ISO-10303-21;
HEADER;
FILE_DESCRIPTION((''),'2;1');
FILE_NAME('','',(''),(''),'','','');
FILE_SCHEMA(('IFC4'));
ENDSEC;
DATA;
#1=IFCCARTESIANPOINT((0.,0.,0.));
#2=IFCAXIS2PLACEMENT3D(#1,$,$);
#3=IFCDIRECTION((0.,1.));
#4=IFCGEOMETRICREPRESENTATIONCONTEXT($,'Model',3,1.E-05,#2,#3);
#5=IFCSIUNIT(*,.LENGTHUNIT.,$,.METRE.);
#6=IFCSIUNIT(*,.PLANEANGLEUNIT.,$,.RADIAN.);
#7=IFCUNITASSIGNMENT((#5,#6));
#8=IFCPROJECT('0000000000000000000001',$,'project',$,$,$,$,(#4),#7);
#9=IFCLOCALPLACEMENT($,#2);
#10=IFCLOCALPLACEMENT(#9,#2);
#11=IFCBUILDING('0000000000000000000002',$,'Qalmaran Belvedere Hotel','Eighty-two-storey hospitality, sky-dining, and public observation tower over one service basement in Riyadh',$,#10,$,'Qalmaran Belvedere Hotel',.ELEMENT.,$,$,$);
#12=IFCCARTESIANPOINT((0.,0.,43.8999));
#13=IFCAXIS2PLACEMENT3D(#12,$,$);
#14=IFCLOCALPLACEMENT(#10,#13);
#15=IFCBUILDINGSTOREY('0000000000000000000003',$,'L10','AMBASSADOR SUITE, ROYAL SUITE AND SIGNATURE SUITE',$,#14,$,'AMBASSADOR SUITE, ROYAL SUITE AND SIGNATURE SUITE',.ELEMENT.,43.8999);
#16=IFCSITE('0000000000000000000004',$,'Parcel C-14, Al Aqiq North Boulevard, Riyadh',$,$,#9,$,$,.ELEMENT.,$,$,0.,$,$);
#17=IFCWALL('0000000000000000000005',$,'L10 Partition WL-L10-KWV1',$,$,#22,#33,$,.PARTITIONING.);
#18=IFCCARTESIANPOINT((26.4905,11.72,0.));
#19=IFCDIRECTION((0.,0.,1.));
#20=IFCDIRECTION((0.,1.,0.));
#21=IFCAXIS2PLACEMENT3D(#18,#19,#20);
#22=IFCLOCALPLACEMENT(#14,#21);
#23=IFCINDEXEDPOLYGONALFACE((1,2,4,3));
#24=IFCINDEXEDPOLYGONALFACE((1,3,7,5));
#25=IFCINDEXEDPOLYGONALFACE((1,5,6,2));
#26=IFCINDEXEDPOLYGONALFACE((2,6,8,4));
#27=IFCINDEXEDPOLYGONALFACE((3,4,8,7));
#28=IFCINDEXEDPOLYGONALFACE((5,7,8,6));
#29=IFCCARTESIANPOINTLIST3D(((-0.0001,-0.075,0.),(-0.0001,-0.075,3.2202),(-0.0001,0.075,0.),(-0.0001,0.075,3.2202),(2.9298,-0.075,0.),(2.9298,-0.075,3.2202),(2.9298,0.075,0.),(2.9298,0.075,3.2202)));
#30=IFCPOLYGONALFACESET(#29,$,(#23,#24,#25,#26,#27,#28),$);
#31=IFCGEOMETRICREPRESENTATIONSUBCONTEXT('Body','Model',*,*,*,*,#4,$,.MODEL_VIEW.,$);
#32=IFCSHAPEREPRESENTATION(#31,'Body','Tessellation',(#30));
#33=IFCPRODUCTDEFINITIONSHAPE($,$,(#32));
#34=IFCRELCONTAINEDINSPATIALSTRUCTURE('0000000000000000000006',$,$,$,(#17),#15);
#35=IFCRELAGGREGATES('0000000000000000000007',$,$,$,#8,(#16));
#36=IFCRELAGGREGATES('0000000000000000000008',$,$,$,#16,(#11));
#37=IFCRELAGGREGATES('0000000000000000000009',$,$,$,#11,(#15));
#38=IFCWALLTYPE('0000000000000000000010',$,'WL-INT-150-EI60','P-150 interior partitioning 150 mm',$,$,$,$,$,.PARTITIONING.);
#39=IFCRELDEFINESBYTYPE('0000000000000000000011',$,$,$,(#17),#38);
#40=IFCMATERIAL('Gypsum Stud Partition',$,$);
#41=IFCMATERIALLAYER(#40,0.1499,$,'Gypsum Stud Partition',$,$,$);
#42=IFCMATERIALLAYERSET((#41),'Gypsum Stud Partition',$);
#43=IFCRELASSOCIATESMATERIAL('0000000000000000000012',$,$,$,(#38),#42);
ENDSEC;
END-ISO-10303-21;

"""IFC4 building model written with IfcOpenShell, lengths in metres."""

from ifc_helpers import new_model, si_unit, direction, frame, frame_2d, origin, place, context, subcontext, project, spatial, rectangle, extrude, material, layer, layer_set, type_object, element, save


model = new_model("IFC4")

# Units and contexts
model_context = context("Model", 3, precision=1e-05, world=origin(), true_north=direction((0.0, 1.0)))
body_context = subcontext(model_context, "Body", "Model", "MODEL_VIEW")
ifc_project = project(units=[si_unit("LENGTHUNIT", "METRE"), si_unit("PLANEANGLEUNIT", "RADIAN")], contexts=[model_context])

# Site, building, storey
site_placement = place(None, origin())
site = spatial("IfcSite", under=ifc_project, at=site_placement, Name="Parcel C-14, Al Aqiq North Boulevard, Riyadh", CompositionType="ELEMENT", RefElevation=0.0)
building_placement = place(site_placement, origin())
building = spatial("IfcBuilding", under=site, at=building_placement, Name="Qalmaran Belvedere Hotel", Description="Eighty-two-storey hospitality, sky-dining, and public observation tower over one service basement in Riyadh", LongName="Qalmaran Belvedere Hotel", CompositionType="ELEMENT")
storey_placement = place(building_placement, frame((0.0, 0.0, 43.8999)))
storey = spatial("IfcBuildingStorey", under=building, at=storey_placement, Name="L10", Description="AMBASSADOR SUITE, ROYAL SUITE AND SIGNATURE SUITE", LongName="AMBASSADOR SUITE, ROYAL SUITE AND SIGNATURE SUITE", CompositionType="ELEMENT", Elevation=43.8999)

# Wall
ifc_material_1 = material(Name="Gypsum Stud Partition")
ifc_layer_1 = layer(ifc_material_1, 0.1499, Name="Gypsum Stud Partition")
ifc_layer_set_1 = layer_set([ifc_layer_1], Name="Gypsum Stud Partition")
wall_type_1 = type_object("IfcWallType", Name="WL-INT-150-EI60", Description="P-150 interior partitioning 150 mm", PredefinedType="PARTITIONING", material=ifc_layer_set_1)
wall_1_placement = place(storey_placement, frame((26.4905, 11.72, 0.0), z_axis=(0.0, 0.0, 1.0), x_axis=(0.0, 1.0, 0.0)))
element("IfcWall", 1, at=wall_1_placement, inside=storey, type_object=wall_type_1, Name="L10 Partition WL-L10-KWV1", PredefinedType="PARTITIONING", context=body_context, shape_type="SweptSolid", body=[
    extrude(rectangle(XDim=2.9299, YDim=0.1499, at=frame_2d((1.4648, 0.0))), origin(), (0.0, 0.0, 1.0), 3.2202),
])

save(model, "model.ifc")
